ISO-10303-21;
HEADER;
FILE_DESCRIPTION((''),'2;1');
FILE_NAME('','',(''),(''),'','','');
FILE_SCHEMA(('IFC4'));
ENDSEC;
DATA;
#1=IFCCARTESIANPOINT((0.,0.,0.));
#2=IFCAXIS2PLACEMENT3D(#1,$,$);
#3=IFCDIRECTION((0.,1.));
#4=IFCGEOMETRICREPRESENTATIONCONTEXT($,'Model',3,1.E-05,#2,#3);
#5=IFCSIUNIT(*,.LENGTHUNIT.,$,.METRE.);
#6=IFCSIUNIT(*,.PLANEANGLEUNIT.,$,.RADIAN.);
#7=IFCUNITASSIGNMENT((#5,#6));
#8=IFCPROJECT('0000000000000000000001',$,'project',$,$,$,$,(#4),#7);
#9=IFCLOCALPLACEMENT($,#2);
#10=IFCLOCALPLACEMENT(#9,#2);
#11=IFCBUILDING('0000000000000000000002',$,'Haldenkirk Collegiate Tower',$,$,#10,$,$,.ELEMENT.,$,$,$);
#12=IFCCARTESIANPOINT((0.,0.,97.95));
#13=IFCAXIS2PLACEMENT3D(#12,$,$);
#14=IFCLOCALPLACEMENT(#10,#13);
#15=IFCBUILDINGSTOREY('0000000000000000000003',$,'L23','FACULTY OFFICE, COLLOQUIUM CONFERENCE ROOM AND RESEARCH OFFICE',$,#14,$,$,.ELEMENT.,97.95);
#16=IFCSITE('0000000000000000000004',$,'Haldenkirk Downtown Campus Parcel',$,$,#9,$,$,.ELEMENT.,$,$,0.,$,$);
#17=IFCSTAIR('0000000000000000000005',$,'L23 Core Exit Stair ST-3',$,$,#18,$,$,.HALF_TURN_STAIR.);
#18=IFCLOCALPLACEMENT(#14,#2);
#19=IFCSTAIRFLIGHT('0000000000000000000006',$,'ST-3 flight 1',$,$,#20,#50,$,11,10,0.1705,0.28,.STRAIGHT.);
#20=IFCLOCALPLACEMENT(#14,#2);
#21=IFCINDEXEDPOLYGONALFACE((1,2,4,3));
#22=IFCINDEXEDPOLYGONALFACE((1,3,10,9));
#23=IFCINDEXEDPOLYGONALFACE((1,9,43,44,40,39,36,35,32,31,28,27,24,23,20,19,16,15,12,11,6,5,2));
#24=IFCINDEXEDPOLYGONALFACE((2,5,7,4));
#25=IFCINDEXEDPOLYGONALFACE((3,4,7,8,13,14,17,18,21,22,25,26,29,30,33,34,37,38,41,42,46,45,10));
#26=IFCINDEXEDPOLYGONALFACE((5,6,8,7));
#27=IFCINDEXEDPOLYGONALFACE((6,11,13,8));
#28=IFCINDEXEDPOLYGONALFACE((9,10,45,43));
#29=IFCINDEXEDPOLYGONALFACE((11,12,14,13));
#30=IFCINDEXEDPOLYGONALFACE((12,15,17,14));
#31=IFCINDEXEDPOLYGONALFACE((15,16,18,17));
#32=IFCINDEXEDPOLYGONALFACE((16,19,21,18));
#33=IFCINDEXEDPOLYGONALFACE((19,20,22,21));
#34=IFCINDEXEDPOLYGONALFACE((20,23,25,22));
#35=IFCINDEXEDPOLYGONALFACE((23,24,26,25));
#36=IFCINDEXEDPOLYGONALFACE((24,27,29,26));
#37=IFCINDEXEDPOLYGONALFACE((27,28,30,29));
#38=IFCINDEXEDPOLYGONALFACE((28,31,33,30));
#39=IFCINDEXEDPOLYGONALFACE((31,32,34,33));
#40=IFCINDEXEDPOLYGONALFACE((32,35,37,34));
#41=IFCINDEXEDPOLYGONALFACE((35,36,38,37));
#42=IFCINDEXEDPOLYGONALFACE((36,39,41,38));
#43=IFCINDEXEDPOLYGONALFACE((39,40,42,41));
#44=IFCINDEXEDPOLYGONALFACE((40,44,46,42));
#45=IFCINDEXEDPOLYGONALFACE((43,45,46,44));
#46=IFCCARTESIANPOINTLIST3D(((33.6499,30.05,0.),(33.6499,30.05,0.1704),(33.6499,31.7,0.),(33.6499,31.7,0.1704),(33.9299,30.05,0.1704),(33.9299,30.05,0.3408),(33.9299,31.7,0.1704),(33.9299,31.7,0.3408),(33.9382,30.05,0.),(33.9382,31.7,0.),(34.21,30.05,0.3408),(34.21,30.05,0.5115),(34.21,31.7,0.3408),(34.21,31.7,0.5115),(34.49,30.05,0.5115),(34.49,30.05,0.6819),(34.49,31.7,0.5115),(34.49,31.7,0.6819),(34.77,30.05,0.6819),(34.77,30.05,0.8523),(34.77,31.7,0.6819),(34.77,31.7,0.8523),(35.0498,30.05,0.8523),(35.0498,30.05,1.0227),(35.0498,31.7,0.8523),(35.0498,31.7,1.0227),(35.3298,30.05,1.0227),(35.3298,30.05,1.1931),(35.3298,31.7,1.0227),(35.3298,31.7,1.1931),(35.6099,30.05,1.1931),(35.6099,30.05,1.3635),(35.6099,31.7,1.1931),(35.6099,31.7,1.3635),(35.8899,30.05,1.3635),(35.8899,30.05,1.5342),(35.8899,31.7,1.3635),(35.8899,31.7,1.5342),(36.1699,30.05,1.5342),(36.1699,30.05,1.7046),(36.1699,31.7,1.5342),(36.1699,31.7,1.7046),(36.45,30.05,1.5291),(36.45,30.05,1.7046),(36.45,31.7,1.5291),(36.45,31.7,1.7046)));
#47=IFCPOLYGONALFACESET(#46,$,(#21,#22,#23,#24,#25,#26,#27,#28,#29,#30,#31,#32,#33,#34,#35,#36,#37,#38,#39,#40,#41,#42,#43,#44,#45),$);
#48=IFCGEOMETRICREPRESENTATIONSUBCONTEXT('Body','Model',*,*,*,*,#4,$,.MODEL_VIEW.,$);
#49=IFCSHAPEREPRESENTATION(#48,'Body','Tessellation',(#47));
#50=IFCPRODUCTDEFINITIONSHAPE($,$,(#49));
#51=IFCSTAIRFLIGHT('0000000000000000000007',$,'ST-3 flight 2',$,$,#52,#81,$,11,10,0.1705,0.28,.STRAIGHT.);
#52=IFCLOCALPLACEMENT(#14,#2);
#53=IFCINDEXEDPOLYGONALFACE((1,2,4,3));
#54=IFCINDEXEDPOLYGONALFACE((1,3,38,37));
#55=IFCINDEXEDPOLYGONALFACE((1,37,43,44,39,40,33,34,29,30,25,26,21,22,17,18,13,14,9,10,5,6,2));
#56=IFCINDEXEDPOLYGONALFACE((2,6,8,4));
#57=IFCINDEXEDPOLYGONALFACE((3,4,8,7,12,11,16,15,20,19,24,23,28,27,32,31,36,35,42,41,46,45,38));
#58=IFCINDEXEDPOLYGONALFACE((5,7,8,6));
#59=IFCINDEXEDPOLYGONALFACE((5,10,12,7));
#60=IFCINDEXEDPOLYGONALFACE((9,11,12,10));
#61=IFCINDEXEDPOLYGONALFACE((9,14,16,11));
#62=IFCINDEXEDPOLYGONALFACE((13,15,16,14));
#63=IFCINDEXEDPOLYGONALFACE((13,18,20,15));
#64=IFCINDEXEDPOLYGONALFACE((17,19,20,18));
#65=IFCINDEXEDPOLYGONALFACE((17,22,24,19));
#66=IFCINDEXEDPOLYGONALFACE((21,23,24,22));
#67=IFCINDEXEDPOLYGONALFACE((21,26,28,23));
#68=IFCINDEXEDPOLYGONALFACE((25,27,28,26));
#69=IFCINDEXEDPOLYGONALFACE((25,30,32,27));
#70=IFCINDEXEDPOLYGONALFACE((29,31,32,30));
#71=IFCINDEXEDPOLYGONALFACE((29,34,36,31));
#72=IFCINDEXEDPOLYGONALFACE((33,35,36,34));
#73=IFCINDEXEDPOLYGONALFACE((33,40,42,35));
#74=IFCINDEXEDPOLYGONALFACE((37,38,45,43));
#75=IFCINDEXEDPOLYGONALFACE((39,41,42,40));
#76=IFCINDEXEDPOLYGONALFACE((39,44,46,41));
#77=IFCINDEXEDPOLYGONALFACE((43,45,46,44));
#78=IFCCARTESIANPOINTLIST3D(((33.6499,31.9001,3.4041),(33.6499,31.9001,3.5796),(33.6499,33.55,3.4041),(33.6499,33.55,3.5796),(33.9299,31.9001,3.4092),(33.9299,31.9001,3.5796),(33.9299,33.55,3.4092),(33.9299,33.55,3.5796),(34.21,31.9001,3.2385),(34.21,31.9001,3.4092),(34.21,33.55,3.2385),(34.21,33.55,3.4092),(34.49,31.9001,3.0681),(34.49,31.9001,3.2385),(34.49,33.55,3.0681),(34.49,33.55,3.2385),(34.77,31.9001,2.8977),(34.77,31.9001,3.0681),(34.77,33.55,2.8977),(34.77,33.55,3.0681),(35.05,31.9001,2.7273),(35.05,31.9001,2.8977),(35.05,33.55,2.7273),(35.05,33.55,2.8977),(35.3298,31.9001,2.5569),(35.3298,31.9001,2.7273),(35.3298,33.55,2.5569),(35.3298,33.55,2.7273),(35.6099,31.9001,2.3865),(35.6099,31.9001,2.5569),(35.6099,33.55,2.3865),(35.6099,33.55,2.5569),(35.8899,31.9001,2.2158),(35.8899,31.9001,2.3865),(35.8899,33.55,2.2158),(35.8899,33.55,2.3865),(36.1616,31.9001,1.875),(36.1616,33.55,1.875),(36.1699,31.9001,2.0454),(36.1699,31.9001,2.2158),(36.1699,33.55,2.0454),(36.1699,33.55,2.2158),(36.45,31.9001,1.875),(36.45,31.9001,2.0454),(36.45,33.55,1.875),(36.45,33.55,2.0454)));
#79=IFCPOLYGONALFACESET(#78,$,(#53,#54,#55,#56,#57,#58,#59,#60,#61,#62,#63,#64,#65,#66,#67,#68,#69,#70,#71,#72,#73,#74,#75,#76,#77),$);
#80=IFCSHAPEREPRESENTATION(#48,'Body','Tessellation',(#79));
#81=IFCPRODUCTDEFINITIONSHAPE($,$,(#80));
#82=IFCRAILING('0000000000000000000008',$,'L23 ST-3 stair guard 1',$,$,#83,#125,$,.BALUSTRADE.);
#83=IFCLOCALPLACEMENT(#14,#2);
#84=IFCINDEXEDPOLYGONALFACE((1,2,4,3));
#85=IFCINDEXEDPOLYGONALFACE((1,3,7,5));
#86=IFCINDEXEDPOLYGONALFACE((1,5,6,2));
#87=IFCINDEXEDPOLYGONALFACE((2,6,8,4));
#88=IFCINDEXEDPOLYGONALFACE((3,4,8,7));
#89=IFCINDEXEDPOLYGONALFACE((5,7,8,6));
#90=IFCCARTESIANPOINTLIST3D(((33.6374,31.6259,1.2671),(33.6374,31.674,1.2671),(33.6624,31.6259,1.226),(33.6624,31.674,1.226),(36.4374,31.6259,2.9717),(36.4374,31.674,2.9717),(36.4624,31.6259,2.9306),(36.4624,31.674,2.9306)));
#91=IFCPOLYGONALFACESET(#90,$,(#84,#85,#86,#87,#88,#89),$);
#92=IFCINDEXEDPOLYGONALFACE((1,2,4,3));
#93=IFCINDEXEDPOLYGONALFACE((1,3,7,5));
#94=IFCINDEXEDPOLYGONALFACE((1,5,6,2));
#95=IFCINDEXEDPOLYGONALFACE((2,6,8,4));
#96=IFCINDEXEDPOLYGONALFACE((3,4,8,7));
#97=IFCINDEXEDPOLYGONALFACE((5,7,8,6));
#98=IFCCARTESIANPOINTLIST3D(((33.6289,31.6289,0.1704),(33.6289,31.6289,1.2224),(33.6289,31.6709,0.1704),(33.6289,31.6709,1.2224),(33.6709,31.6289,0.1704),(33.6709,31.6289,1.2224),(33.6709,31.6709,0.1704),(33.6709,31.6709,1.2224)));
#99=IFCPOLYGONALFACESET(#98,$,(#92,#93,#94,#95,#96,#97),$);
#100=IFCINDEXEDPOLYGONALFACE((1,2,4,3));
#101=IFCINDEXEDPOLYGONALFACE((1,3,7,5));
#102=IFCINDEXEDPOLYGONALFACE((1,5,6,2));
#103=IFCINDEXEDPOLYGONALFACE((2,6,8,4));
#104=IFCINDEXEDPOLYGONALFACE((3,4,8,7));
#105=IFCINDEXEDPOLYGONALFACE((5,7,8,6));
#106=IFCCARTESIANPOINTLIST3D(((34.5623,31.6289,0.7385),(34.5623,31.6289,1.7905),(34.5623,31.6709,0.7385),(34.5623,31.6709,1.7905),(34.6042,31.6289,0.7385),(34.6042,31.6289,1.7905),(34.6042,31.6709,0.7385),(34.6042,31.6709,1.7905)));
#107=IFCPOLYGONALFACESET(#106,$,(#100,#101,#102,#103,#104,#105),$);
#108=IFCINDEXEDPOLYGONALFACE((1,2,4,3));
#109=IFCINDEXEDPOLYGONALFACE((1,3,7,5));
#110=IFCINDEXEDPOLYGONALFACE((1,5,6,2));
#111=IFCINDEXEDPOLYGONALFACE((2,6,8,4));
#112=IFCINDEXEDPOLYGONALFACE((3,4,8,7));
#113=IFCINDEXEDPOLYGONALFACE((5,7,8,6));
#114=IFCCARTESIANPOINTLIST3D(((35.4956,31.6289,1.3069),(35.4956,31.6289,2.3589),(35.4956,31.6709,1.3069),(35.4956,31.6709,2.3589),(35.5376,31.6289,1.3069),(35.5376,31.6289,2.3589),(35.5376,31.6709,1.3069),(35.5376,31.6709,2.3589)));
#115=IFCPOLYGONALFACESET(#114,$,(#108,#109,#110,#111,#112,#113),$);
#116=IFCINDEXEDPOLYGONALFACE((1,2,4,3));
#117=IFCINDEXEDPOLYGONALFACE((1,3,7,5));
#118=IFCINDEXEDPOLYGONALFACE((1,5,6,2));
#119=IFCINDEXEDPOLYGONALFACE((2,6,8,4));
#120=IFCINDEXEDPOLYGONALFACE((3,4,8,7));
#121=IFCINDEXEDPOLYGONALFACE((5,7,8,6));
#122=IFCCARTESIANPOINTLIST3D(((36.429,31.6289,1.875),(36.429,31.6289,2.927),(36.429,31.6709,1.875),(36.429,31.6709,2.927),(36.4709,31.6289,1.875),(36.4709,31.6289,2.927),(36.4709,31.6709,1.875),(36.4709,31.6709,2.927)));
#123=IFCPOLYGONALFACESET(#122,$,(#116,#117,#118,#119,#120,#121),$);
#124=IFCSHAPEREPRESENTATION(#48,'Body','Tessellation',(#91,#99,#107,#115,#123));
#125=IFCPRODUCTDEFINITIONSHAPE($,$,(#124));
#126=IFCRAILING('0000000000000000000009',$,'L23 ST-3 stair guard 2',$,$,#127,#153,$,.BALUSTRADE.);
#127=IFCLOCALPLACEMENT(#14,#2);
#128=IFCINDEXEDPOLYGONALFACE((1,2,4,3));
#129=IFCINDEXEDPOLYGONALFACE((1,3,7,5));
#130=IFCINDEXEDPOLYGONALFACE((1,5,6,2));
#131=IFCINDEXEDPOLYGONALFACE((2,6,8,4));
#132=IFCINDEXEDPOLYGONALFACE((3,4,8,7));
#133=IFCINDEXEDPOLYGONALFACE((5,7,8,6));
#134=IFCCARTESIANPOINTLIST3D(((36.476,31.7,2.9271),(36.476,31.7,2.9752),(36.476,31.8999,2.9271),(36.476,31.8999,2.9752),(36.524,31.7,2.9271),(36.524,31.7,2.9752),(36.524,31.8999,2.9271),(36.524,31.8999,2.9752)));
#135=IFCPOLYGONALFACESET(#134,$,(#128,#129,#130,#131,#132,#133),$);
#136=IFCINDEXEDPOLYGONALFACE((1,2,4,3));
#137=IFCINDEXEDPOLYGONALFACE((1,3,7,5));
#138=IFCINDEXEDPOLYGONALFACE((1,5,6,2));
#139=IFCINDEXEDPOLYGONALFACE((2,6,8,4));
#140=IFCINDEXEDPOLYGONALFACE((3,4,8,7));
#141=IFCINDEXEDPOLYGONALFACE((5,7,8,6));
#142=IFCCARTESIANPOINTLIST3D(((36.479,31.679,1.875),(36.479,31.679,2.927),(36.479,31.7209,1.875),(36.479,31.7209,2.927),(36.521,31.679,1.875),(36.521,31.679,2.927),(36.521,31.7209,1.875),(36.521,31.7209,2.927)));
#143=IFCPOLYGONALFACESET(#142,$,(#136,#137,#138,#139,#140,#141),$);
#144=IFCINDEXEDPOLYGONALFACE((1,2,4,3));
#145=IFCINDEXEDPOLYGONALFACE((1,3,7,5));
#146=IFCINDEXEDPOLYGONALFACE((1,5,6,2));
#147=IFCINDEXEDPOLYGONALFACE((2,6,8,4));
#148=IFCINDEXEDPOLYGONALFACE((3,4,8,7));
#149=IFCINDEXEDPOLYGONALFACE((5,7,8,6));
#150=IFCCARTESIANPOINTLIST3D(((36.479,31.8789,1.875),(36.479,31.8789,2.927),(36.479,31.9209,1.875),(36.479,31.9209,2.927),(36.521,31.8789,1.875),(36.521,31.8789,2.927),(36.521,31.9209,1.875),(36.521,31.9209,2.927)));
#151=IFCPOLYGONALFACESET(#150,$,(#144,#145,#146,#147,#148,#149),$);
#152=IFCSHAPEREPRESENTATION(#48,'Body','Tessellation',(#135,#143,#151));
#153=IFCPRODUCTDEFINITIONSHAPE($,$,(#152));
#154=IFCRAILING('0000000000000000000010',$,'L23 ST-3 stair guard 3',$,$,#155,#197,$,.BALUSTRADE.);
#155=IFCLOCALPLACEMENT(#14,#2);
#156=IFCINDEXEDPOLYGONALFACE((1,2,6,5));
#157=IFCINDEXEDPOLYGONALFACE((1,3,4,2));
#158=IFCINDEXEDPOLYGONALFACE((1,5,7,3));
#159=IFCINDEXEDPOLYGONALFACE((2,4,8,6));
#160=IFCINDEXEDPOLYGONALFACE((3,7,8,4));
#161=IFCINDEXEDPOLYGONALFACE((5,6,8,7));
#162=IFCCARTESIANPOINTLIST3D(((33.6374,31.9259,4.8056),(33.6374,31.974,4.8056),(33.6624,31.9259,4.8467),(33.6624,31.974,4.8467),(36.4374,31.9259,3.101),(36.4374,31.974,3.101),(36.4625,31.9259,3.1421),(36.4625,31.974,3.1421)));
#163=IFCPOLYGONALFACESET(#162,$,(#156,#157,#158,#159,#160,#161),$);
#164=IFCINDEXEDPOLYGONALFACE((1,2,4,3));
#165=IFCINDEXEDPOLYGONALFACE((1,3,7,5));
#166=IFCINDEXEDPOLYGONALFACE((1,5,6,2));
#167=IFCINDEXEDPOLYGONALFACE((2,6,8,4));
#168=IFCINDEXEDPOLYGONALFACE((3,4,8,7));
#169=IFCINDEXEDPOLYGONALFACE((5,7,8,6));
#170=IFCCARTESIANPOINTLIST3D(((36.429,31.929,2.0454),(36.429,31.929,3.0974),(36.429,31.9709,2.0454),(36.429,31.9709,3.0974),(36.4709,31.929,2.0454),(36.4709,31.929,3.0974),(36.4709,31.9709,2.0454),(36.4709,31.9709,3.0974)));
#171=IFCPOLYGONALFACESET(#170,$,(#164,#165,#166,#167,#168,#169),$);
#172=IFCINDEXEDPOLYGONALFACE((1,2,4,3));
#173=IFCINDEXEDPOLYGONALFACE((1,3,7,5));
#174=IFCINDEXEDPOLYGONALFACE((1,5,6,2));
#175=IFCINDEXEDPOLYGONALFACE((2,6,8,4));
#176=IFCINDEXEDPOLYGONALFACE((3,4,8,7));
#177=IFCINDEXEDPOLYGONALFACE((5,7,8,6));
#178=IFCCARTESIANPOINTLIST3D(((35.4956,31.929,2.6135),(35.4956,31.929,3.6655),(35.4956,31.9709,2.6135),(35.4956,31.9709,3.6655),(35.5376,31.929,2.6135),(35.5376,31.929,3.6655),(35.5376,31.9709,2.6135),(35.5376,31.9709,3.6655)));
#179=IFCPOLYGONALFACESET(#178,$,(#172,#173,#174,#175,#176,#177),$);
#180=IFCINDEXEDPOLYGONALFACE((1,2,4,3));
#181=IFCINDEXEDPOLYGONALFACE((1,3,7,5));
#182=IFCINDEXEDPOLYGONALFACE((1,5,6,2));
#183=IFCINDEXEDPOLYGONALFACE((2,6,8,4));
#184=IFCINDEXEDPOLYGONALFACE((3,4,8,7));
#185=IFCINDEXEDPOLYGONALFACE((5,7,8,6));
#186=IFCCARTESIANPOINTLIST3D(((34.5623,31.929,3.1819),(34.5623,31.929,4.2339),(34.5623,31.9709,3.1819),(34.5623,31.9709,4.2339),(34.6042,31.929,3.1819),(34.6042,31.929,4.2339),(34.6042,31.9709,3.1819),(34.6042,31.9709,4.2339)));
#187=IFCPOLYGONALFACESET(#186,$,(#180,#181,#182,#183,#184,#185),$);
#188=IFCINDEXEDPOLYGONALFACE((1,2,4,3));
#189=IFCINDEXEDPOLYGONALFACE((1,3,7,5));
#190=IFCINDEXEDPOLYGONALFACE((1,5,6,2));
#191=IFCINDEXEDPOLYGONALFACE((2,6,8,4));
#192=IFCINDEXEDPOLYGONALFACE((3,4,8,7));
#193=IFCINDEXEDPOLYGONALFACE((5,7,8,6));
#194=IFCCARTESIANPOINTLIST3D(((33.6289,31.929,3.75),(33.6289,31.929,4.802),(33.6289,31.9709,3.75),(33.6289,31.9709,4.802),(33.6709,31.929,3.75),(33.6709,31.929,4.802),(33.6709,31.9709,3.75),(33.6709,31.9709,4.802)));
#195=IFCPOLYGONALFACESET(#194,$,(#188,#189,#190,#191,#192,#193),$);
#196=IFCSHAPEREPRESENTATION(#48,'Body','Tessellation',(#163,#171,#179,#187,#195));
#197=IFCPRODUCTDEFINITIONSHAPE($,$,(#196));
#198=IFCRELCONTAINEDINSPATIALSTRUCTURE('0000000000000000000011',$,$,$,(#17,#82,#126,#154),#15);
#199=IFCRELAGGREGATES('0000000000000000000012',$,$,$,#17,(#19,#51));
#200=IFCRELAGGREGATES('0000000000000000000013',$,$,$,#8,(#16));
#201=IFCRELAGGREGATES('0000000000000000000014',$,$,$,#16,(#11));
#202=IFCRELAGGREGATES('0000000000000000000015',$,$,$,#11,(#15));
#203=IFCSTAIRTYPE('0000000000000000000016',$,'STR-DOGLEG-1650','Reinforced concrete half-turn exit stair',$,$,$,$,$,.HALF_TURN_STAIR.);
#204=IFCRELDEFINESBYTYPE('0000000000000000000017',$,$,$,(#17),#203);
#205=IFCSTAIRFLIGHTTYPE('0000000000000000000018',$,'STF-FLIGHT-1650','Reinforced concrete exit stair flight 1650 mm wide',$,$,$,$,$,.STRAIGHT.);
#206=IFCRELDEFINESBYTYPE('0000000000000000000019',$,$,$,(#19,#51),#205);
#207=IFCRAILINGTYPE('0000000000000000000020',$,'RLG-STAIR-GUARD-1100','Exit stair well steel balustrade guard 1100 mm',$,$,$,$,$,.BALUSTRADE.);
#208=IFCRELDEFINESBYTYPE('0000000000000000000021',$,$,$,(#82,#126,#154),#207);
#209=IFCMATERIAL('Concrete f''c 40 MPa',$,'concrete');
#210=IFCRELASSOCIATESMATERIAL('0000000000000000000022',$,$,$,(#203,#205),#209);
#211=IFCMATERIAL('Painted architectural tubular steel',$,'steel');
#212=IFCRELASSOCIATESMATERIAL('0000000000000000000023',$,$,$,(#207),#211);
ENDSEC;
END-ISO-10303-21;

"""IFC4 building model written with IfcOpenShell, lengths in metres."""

from ifc_helpers import new_model, si_unit, direction, frame, origin, origin_2d, place, context, subcontext, project, spatial, polyline, rectangle, outline, extrude, material, type_object, element, aggregate, save


model = new_model("IFC4")

# Units and contexts
model_context = context("Model", 3, precision=1e-05, world=origin(), true_north=direction((0.0, 1.0)))
body_context = subcontext(model_context, "Body", "Model", "MODEL_VIEW")
ifc_project = project(units=[si_unit("LENGTHUNIT", "METRE"), si_unit("PLANEANGLEUNIT", "RADIAN")], contexts=[model_context])

# Site, building, storey
site_placement = place(None, origin())
site = spatial("IfcSite", under=ifc_project, at=site_placement, Name="Haldenkirk Downtown Campus Parcel", CompositionType="ELEMENT", RefElevation=0.0)
building_placement = place(site_placement, origin())
building = spatial("IfcBuilding", under=site, at=building_placement, Name="Haldenkirk Collegiate Tower", CompositionType="ELEMENT")
storey_placement = place(building_placement, frame((0.0, 0.0, 97.95)))
storey = spatial("IfcBuildingStorey", under=building, at=storey_placement, Name="L23", Description="FACULTY OFFICE, COLLOQUIUM CONFERENCE ROOM AND RESEARCH OFFICE", CompositionType="ELEMENT", Elevation=97.95)

# Stair, stair flights
ifc_material_1 = material(Name="Concrete f'c 40 MPa", Category="concrete")
stair_type = type_object("IfcStairType", Name="STR-DOGLEG-1650", Description="Reinforced concrete half-turn exit stair", PredefinedType="HALF_TURN_STAIR", material=ifc_material_1)
stair_placement = place(storey_placement, origin())
stair = element("IfcStair", 1, at=stair_placement, inside=storey, type_object=stair_type, Name="L23 Core Exit Stair ST-3", PredefinedType="HALF_TURN_STAIR")
stair_flight_type = type_object("IfcStairFlightType", Name="STF-FLIGHT-1650", Description="Reinforced concrete exit stair flight 1650 mm wide", PredefinedType="STRAIGHT", material=ifc_material_1)
stair_flight_1_placement = place(storey_placement, frame((33.6499, 30.875, 0.0), z_axis=(0.0, 0.0, 1.0), x_axis=(1.0, 0.0, 0.0)))
stair_flight_1 = element("IfcStairFlight", 2, at=stair_flight_1_placement, type_object=stair_flight_type, Name="ST-3 flight 1", NumberOfRisers=11, NumberOfTreads=10, PredefinedType="STRAIGHT", RiserHeight=0.1705, TreadLength=0.28, context=body_context, shape_type="SweptSolid", body=[
    extrude(outline(polyline([(0.0, 0.0), (0.0, 0.1704), (0.28, 0.1704), (0.28, 0.3408), (0.5601, 0.3408), (0.5601, 0.5115), (0.8401, 0.5115), (0.8401, 0.6819), (1.1201, 0.6819), (1.1201, 0.8523), (1.3999, 0.8523), (1.3999, 1.0227), (1.6799, 1.0227), (1.6799, 1.1931), (1.96, 1.1931), (1.96, 1.3635), (2.24, 1.3635), (2.24, 1.5342), (2.52, 1.5342), (2.52, 1.7046), (2.8, 1.7046), (2.8, 1.875), (2.8, 1.5291), (0.2883, 0.0), (0.0, 0.0)])), frame((0.0, 0.825, 0.0), z_axis=(0.0, -1.0, 0.0), x_axis=(1.0, 0.0, 0.0)), (0.0, 0.0, 1.0), 1.6499),
])
stair_flight_2_placement = place(storey_placement, frame((36.45, 32.7251, 1.875), z_axis=(0.0, 0.0, 1.0), x_axis=(-1.0, 0.0, 0.0)))
stair_flight_2 = element("IfcStairFlight", 3, at=stair_flight_2_placement, type_object=stair_flight_type, Name="ST-3 flight 2", NumberOfRisers=11, NumberOfTreads=10, PredefinedType="STRAIGHT", RiserHeight=0.1705, TreadLength=0.28, context=body_context, shape_type="SweptSolid", body=[
    extrude(outline(polyline([(0.0, 0.0), (0.0, 0.1704), (0.28, 0.1704), (0.28, 0.3408), (0.5601, 0.3408), (0.5601, 0.5115), (0.8401, 0.5115), (0.8401, 0.6819), (1.1201, 0.6819), (1.1201, 0.8523), (1.3999, 0.8523), (1.3999, 1.0227), (1.6799, 1.0227), (1.6799, 1.1931), (1.96, 1.1931), (1.96, 1.3635), (2.24, 1.3635), (2.24, 1.5342), (2.52, 1.5342), (2.52, 1.7046), (2.8, 1.7046), (2.8, 1.875), (2.8, 1.5291), (0.2883, 0.0), (0.0, 0.0)])), frame((0.0, 0.825, 0.0), z_axis=(0.0, -1.0, 0.0), x_axis=(1.0, 0.0, 0.0)), (0.0, 0.0, 1.0), 1.6499),
])
aggregate(stair, [stair_flight_1, stair_flight_2])

# Railings
ifc_material_2 = material(Name="Painted architectural tubular steel", Category="steel")
railing_type_1 = type_object("IfcRailingType", Name="RLG-STAIR-GUARD-1100", Description="Exit stair well steel balustrade guard 1100 mm", PredefinedType="BALUSTRADE", material=ifc_material_2)
railing_1_placement = place(storey_placement, frame((33.6499, 31.6499, 0.1704)))
element("IfcRailing", 4, at=railing_1_placement, inside=storey, type_object=railing_type_1, Name="L23 ST-3 stair guard 1", PredefinedType="BALUSTRADE", context=body_context, shape_type="SweptSolid", body=[
    extrude(rectangle(XDim=0.0481, YDim=0.0481, at=origin_2d()), frame((0.0, 0.0, 1.0762), z_axis=(0.85417, 0.0, 0.519994), x_axis=(0.0, 1.0, 0.0)), (0.0, 0.0, 1.0), 3.2781),
    extrude(rectangle(XDim=0.042, YDim=0.042, at=origin_2d()), origin(), (0.0, 0.0, 1.0), 1.052),
    extrude(rectangle(XDim=0.042, YDim=0.042, at=origin_2d()), frame((0.9333, 0.0, 0.5681)), (0.0, 0.0, 1.0), 1.052),
    extrude(rectangle(XDim=0.042, YDim=0.042, at=origin_2d()), frame((1.8667, 0.0, 1.1365)), (0.0, 0.0, 1.0), 1.052),
    extrude(rectangle(XDim=0.042, YDim=0.042, at=origin_2d()), frame((2.8, 0.0, 1.7046)), (0.0, 0.0, 1.0), 1.052),
])
railing_2_placement = place(storey_placement, frame((36.5, 31.7, 1.875)))
element("IfcRailing", 5, at=railing_2_placement, inside=storey, type_object=railing_type_1, Name="L23 ST-3 stair guard 2", PredefinedType="BALUSTRADE", context=body_context, shape_type="SweptSolid", body=[
    extrude(rectangle(XDim=0.0481, YDim=0.0481, at=origin_2d()), frame((0.0, 0.0, 1.0762), z_axis=(0.0, 1.0, 0.0), x_axis=(-1.0, 0.0, 0.0)), (0.0, 0.0, 1.0), 0.2),
    extrude(rectangle(XDim=0.042, YDim=0.042, at=origin_2d()), origin(), (0.0, 0.0, 1.0), 1.052),
    extrude(rectangle(XDim=0.042, YDim=0.042, at=origin_2d()), frame((0.0, 0.2, 0.0)), (0.0, 0.0, 1.0), 1.052),
])
railing_3_placement = place(storey_placement, frame((36.45, 31.95, 2.0454)))
element("IfcRailing", 6, at=railing_3_placement, inside=storey, type_object=railing_type_1, Name="L23 ST-3 stair guard 3", PredefinedType="BALUSTRADE", context=body_context, shape_type="SweptSolid", body=[
    extrude(rectangle(XDim=0.0481, YDim=0.0481, at=origin_2d()), frame((0.0, 0.0, 1.0762), z_axis=(-0.85417, 0.0, 0.519994), x_axis=(0.0, -1.0, 0.0)), (0.0, 0.0, 1.0), 3.2781),
    extrude(rectangle(XDim=0.042, YDim=0.042, at=origin_2d()), origin(), (0.0, 0.0, 1.0), 1.052),
    extrude(rectangle(XDim=0.042, YDim=0.042, at=origin_2d()), frame((-0.9333, 0.0, 0.5681)), (0.0, 0.0, 1.0), 1.052),
    extrude(rectangle(XDim=0.042, YDim=0.042, at=origin_2d()), frame((-1.8667, 0.0, 1.1365)), (0.0, 0.0, 1.0), 1.052),
    extrude(rectangle(XDim=0.042, YDim=0.042, at=origin_2d()), frame((-2.8, 0.0, 1.7046)), (0.0, 0.0, 1.0), 1.052),
])

save(model, "model.ifc")
